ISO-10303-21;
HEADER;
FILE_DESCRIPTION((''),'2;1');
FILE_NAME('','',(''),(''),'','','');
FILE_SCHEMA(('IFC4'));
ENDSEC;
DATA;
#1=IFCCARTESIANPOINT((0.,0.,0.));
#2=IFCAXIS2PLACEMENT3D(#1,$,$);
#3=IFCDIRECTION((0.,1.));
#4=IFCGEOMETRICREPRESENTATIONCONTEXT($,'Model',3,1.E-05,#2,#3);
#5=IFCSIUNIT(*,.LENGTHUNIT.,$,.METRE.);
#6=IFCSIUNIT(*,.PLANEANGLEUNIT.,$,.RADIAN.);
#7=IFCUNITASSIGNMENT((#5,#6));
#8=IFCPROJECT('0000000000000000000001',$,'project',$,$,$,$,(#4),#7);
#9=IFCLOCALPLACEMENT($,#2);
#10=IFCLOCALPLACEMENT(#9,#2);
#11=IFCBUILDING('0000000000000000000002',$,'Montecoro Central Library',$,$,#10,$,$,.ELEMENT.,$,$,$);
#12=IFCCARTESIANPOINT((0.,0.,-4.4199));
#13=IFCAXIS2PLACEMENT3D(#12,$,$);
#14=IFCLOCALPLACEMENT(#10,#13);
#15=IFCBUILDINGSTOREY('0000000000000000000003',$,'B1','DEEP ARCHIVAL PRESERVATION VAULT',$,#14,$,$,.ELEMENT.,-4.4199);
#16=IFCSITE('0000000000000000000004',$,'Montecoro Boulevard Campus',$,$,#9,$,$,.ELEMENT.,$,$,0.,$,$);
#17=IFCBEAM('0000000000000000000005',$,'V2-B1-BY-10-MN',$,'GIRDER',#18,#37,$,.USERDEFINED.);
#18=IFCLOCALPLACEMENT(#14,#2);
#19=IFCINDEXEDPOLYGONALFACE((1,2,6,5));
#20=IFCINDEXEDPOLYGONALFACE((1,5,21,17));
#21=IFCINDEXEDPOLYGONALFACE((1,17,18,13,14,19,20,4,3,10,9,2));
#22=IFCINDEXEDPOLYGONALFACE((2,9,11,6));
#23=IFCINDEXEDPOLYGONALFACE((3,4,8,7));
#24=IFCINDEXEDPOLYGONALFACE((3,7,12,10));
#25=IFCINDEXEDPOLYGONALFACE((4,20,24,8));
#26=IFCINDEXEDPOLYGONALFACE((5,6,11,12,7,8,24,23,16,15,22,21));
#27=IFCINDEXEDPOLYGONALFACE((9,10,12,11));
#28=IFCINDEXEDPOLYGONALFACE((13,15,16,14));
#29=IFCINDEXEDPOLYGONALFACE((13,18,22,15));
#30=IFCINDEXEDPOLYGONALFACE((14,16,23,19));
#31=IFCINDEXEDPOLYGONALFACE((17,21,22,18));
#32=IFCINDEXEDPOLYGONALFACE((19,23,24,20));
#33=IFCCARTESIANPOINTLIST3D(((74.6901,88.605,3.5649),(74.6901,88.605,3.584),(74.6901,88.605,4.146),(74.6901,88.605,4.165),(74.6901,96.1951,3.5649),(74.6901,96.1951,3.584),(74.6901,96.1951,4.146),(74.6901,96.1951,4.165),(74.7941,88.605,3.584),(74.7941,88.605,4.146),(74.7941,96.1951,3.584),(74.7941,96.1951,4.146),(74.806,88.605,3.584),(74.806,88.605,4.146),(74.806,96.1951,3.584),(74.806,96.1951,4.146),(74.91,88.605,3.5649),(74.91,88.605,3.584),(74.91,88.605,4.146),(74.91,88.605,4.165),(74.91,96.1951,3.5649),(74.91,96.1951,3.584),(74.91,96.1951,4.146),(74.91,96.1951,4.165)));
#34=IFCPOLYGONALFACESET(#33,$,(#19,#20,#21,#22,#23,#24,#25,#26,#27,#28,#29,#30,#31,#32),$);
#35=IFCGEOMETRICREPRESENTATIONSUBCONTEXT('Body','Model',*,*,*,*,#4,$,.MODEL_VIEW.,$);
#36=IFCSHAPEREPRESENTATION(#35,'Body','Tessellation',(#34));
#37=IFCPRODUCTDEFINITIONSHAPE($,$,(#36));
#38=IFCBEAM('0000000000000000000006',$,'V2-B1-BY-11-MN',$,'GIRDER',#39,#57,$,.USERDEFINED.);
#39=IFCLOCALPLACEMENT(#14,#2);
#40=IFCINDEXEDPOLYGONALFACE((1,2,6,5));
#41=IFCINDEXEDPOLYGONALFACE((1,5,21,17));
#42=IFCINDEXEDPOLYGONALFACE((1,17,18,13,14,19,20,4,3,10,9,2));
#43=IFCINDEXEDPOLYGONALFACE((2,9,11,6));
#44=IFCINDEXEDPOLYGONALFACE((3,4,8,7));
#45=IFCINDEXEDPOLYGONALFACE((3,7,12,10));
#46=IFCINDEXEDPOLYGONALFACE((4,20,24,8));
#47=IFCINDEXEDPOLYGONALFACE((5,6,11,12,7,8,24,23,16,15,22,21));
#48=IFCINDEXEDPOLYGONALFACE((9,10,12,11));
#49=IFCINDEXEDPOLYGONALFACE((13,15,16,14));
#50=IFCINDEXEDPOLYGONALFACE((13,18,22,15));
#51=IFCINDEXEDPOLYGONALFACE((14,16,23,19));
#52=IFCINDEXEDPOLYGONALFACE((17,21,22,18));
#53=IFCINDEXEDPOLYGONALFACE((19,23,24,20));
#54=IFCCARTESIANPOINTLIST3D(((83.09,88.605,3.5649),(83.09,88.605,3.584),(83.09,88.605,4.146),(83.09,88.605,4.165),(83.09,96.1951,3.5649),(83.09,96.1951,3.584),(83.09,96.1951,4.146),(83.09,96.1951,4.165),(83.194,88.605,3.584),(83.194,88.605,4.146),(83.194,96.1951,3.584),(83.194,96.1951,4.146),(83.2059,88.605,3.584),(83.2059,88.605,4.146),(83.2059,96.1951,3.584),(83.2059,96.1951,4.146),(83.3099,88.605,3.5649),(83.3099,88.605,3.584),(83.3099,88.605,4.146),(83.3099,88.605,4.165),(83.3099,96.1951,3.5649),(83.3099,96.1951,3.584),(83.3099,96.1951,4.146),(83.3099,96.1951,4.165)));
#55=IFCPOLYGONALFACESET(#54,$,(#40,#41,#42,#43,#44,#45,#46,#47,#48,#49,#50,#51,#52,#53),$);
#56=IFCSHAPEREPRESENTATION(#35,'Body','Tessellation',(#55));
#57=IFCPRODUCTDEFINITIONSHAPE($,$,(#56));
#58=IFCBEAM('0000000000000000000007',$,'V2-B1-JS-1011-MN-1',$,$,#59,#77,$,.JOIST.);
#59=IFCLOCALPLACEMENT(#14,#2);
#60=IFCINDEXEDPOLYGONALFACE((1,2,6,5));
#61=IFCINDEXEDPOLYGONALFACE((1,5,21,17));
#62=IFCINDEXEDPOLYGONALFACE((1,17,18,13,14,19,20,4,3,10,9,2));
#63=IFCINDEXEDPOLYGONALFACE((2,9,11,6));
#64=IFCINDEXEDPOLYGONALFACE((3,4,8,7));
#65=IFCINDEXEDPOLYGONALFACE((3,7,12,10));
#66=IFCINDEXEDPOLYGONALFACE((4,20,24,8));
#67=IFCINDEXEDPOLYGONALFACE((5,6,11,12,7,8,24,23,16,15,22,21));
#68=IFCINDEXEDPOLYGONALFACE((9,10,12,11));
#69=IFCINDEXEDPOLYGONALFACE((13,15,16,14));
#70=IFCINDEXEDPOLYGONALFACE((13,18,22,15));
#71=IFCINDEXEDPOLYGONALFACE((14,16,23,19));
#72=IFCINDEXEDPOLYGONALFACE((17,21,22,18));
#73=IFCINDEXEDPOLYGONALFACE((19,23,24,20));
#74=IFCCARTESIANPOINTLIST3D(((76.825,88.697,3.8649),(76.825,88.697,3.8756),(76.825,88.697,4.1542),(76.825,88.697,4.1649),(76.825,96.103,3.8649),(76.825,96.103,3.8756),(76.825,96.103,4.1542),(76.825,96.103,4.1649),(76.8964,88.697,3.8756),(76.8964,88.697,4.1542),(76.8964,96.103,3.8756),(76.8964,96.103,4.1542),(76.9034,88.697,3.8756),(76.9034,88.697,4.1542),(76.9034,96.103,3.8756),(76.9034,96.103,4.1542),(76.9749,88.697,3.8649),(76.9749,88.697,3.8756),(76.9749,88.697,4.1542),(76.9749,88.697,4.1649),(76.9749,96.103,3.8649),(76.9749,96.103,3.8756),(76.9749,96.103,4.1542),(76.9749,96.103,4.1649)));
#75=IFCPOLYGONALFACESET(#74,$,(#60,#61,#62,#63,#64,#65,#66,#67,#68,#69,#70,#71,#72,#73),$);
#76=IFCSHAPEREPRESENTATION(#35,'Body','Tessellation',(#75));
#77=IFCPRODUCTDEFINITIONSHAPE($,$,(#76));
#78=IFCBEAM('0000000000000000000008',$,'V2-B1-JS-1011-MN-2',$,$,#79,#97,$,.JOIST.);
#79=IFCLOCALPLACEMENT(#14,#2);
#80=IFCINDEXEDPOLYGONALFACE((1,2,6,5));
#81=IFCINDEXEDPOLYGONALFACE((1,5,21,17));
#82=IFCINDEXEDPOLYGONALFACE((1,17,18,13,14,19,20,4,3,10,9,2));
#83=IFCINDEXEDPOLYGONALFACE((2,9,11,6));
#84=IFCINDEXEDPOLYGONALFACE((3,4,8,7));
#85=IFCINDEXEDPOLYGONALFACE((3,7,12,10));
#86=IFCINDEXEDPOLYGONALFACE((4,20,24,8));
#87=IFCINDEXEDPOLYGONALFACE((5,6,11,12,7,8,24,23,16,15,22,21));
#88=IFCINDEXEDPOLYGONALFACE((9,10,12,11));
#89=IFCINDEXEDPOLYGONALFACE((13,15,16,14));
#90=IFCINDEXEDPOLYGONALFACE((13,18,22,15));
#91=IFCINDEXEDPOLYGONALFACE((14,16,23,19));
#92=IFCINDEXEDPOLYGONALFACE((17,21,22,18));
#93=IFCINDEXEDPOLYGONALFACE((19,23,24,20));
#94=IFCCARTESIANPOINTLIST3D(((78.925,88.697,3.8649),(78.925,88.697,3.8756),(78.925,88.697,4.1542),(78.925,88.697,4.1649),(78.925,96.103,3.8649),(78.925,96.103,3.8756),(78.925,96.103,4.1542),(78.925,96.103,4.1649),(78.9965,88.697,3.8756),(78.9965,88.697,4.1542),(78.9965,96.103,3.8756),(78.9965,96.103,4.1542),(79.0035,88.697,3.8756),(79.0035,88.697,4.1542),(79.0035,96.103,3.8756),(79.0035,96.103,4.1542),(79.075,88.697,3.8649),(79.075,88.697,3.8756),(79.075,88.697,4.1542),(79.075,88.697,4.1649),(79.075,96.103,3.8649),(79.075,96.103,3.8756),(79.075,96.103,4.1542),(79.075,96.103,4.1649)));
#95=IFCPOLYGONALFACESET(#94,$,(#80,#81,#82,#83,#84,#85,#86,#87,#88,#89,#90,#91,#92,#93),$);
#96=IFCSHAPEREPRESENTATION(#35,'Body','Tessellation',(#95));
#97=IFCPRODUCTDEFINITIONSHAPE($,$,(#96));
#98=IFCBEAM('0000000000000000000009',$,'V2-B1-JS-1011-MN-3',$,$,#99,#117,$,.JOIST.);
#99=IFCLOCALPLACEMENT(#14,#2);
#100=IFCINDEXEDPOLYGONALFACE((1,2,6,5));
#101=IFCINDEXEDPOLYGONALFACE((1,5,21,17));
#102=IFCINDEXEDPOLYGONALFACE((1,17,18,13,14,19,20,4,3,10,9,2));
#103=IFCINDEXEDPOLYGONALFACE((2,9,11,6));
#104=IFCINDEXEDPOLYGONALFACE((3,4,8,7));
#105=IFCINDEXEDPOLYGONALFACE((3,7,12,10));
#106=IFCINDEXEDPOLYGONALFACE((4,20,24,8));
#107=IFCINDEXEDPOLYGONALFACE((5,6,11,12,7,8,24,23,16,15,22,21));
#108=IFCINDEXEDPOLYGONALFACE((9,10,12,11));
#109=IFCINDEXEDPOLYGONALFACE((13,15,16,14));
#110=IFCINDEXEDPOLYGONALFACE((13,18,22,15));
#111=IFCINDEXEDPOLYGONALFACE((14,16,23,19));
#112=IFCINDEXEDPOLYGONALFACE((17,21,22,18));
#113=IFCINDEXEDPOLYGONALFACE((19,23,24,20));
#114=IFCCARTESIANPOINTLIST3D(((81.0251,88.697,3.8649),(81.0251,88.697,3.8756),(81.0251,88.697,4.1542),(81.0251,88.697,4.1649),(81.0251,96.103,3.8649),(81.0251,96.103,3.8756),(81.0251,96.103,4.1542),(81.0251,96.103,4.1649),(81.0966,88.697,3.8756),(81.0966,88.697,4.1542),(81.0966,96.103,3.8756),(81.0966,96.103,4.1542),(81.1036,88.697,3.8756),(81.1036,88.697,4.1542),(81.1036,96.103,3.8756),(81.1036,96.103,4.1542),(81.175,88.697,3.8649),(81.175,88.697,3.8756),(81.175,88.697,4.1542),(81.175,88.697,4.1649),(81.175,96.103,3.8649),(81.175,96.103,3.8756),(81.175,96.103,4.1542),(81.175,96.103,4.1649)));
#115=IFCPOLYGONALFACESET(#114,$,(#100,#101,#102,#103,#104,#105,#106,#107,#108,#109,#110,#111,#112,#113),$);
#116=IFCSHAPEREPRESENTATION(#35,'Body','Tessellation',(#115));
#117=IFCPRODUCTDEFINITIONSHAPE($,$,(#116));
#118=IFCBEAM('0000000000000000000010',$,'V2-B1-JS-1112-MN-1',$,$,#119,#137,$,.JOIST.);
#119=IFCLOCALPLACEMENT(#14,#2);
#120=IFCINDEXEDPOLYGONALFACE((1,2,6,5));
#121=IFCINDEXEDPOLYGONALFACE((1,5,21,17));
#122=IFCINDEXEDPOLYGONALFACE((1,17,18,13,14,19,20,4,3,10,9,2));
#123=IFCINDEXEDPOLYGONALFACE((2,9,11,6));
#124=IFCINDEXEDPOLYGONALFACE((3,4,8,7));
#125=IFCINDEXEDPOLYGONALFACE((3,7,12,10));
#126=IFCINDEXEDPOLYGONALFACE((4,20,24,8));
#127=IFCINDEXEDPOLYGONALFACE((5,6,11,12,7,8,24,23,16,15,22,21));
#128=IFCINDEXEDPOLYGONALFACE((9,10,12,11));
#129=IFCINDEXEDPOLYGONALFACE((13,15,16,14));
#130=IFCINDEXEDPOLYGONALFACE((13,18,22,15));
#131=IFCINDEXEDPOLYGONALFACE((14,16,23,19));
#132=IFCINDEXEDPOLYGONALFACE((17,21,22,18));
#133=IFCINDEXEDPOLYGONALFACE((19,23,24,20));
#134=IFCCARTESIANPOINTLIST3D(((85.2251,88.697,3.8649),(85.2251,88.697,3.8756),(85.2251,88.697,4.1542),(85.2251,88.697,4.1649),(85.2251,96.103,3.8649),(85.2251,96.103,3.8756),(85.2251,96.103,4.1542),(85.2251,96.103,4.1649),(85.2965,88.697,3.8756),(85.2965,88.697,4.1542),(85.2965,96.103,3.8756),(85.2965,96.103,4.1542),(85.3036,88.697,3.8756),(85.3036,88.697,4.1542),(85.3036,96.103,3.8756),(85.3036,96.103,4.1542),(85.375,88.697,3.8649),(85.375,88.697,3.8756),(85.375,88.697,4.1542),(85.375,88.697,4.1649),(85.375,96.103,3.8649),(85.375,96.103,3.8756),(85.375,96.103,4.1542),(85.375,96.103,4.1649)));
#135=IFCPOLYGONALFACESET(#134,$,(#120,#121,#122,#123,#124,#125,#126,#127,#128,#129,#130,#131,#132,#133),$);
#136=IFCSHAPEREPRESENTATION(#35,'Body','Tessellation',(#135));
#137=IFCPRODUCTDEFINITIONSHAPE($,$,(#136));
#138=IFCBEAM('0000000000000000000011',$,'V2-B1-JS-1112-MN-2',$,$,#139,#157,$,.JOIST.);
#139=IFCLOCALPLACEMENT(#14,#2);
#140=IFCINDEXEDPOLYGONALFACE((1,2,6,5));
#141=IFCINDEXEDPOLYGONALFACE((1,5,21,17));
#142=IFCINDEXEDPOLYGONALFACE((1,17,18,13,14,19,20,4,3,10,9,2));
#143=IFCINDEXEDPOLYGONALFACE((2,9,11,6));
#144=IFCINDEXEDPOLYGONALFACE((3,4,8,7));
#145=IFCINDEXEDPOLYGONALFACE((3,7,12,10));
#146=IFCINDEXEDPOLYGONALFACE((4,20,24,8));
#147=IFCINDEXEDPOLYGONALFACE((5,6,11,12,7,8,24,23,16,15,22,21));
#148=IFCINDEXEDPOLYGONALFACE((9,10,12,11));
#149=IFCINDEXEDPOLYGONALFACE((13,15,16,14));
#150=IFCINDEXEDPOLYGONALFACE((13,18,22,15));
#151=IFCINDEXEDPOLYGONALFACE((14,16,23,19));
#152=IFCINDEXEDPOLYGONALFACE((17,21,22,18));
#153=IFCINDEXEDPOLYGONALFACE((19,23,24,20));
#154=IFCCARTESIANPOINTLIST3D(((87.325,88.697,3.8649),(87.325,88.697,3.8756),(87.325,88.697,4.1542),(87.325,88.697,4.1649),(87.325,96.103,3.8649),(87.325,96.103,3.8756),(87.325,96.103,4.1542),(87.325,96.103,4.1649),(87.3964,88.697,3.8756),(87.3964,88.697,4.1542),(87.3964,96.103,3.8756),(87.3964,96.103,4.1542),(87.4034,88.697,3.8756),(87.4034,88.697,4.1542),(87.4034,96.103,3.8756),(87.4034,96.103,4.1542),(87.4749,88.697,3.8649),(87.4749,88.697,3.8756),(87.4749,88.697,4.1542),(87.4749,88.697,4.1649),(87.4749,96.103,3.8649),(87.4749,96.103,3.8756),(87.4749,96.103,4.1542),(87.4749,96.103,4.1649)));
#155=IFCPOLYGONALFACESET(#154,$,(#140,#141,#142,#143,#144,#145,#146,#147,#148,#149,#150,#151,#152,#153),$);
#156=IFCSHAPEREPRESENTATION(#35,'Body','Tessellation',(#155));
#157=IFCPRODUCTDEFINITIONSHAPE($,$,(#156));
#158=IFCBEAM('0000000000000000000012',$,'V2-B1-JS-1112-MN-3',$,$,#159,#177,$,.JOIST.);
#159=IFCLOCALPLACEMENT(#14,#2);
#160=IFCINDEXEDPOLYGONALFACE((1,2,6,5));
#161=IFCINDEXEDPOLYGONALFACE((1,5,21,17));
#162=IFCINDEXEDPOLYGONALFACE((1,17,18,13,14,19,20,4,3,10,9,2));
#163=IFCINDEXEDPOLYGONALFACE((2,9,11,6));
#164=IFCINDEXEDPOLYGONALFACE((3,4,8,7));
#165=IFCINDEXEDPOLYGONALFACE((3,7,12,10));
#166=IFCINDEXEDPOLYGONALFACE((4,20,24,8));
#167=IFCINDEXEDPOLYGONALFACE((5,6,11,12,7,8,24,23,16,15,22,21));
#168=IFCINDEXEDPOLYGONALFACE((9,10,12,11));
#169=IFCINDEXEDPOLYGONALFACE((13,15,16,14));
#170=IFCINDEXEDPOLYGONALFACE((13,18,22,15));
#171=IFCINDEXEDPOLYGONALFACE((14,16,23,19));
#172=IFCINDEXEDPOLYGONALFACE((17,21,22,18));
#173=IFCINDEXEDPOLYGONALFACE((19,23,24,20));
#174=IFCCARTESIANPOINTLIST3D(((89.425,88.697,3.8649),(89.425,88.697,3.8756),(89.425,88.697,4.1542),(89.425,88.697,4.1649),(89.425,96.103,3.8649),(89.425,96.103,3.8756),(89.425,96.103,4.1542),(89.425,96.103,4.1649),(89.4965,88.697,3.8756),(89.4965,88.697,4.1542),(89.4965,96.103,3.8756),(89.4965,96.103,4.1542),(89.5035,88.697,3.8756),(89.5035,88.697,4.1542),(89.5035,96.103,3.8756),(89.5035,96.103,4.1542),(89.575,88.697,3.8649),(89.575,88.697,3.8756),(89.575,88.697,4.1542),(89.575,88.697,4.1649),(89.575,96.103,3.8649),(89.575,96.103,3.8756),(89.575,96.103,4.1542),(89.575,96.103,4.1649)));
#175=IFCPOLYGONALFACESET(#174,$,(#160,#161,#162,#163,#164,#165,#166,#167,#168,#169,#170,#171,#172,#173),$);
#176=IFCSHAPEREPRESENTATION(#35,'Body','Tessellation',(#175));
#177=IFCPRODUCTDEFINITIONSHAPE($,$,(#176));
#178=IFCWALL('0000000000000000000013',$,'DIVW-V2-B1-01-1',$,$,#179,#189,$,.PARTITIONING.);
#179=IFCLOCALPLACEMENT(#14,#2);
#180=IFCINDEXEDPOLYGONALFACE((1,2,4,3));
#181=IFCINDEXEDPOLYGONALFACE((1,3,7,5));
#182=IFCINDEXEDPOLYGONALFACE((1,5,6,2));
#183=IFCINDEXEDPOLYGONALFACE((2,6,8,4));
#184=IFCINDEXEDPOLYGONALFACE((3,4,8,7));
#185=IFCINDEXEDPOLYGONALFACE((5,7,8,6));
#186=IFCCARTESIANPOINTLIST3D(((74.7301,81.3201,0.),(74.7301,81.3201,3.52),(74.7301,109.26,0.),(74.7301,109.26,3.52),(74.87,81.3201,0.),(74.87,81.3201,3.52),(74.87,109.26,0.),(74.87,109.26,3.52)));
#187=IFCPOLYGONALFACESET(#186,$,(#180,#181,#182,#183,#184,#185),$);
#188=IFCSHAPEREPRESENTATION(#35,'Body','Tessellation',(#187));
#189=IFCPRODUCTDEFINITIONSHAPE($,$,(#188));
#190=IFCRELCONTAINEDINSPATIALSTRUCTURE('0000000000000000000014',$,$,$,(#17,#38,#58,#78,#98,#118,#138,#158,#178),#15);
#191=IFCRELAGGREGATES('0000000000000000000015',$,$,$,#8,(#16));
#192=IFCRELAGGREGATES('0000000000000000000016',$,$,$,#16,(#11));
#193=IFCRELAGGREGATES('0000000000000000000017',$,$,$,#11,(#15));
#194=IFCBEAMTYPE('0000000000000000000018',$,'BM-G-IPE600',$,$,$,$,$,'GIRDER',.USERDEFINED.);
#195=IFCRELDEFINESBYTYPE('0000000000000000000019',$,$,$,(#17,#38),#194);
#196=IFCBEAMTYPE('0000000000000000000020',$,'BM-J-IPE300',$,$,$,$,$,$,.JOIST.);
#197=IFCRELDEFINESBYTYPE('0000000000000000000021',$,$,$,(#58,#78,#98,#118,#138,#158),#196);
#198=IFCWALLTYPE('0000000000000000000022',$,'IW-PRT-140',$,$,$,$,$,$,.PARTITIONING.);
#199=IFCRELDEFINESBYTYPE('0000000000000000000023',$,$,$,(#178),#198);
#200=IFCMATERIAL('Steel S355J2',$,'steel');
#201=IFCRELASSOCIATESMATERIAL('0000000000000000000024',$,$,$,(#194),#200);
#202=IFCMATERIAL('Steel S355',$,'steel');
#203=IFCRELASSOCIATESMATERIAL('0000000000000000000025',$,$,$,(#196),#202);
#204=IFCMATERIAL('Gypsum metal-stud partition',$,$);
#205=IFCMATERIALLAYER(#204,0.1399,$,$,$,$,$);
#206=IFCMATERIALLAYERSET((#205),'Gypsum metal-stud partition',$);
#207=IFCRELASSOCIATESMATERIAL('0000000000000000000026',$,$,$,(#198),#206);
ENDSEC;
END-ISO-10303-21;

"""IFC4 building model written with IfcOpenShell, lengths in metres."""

from ifc_helpers import new_model, si_unit, direction, frame, frame_2d, origin, origin_2d, place, context, subcontext, project, spatial, rectangle, i_section, extrude, material, layer, layer_set, material_profile, profile_set, type_object, element, save


model = new_model("IFC4")

# Units and contexts
model_context = context("Model", 3, precision=1e-05, world=origin(), true_north=direction((0.0, 1.0)))
body_context = subcontext(model_context, "Body", "Model", "MODEL_VIEW")
ifc_project = project(units=[si_unit("LENGTHUNIT", "METRE"), si_unit("PLANEANGLEUNIT", "RADIAN")], contexts=[model_context])

# Site, building, storey
site_placement = place(None, origin())
site = spatial("IfcSite", under=ifc_project, at=site_placement, Name="Montecoro Boulevard Campus", CompositionType="ELEMENT", RefElevation=0.0)
building_placement = place(site_placement, origin())
building = spatial("IfcBuilding", under=site, at=building_placement, Name="Montecoro Central Library", CompositionType="ELEMENT")
storey_placement = place(building_placement, frame((0.0, 0.0, -4.4199)))
storey = spatial("IfcBuildingStorey", under=building, at=storey_placement, Name="B1", Description="DEEP ARCHIVAL PRESERVATION VAULT", CompositionType="ELEMENT", Elevation=-4.4199)

# Shared definitions
ifc_material_1 = material(Name="Steel S355J2", Category="steel")

# Beams
ifc_material_2 = material(Name="Steel S355", Category="steel")
ifc_material_profile_1 = material_profile(ifc_material_1, i_section(OverallWidth=0.22, OverallDepth=0.6001, WebThickness=0.012, FlangeThickness=0.019, at=origin_2d()), Name="IPE 600")
ifc_profile_set_1 = profile_set([ifc_material_profile_1], Name="Steel S355J2")
beam_type_1 = type_object("IfcBeamType", Name="BM-G-IPE600", ElementType="GIRDER", PredefinedType="USERDEFINED", material=ifc_profile_set_1)
for number, where, z_axis, x_axis, name in (
    (1, (74.8, 88.605, 3.865), (0.0, 1.0, 0.0), (-1.0, 0.0, 0.0), "V2-B1-BY-10-MN"),
    (2, (83.2, 88.605, 3.865), (0.0, 1.0, 0.0), (-1.0, 0.0, 0.0), "V2-B1-BY-11-MN"),
):
    element("IfcBeam", number, at=place(storey_placement, frame(where, z_axis=z_axis, x_axis=x_axis)), inside=storey, type_object=beam_type_1, Name=name, ObjectType="GIRDER", PredefinedType="USERDEFINED", context=body_context, shape_type="SweptSolid", body=[
        extrude(i_section(OverallWidth=0.22, OverallDepth=0.6001, WebThickness=0.012, FlangeThickness=0.019, at=origin_2d()), origin(), (0.0, 0.0, 1.0), 7.5901),
    ])
ifc_material_profile_2 = material_profile(ifc_material_2, i_section(OverallWidth=0.1499, OverallDepth=0.3, WebThickness=0.0071, FlangeThickness=0.0107, at=origin_2d()), Name="IPE 300")
ifc_profile_set_2 = profile_set([ifc_material_profile_2], Name="Steel S355")
beam_type_2 = type_object("IfcBeamType", Name="BM-J-IPE300", PredefinedType="JOIST", material=ifc_profile_set_2)
for number, where, z_axis, x_axis, name in (
    (3, (76.8999, 88.697, 4.0149), (0.0, 1.0, 0.0), (-1.0, 0.0, 0.0), "V2-B1-JS-1011-MN-1"),
    (4, (79.0, 88.697, 4.0149), (0.0, 1.0, 0.0), (-1.0, 0.0, 0.0), "V2-B1-JS-1011-MN-2"),
    (5, (81.1001, 88.697, 4.0149), (0.0, 1.0, 0.0), (-1.0, 0.0, 0.0), "V2-B1-JS-1011-MN-3"),
    (6, (85.3, 88.697, 4.0149), (0.0, 1.0, 0.0), (-1.0, 0.0, 0.0), "V2-B1-JS-1112-MN-1"),
    (7, (87.3999, 88.697, 4.0149), (0.0, 1.0, 0.0), (-1.0, 0.0, 0.0), "V2-B1-JS-1112-MN-2"),
    (8, (89.5, 88.697, 4.0149), (0.0, 1.0, 0.0), (-1.0, 0.0, 0.0), "V2-B1-JS-1112-MN-3"),
):
    element("IfcBeam", number, at=place(storey_placement, frame(where, z_axis=z_axis, x_axis=x_axis)), inside=storey, type_object=beam_type_2, Name=name, PredefinedType="JOIST", context=body_context, shape_type="SweptSolid", body=[
        extrude(i_section(OverallWidth=0.1499, OverallDepth=0.3, WebThickness=0.0071, FlangeThickness=0.0107, at=origin_2d()), origin(), (0.0, 0.0, 1.0), 7.406),
    ])

# Wall
ifc_material_3 = material(Name="Gypsum metal-stud partition")
ifc_layer = layer(ifc_material_3, 0.1399)
ifc_layer_set = layer_set([ifc_layer], Name="Gypsum metal-stud partition")
wall_type = type_object("IfcWallType", Name="IW-PRT-140", PredefinedType="PARTITIONING", material=ifc_layer_set)
wall_placement = place(storey_placement, frame((74.8, 81.3201, 0.0), z_axis=(0.0, 0.0, 1.0), x_axis=(0.0, 1.0, 0.0)))
element("IfcWall", 9, at=wall_placement, inside=storey, type_object=wall_type, Name="DIVW-V2-B1-01-1", PredefinedType="PARTITIONING", context=body_context, shape_type="SweptSolid", body=[
    extrude(rectangle(XDim=27.9399, YDim=0.1399, at=frame_2d((13.97, 0.0))), origin(), (0.0, 0.0, 1.0), 3.52),
])

save(model, "model.ifc")
